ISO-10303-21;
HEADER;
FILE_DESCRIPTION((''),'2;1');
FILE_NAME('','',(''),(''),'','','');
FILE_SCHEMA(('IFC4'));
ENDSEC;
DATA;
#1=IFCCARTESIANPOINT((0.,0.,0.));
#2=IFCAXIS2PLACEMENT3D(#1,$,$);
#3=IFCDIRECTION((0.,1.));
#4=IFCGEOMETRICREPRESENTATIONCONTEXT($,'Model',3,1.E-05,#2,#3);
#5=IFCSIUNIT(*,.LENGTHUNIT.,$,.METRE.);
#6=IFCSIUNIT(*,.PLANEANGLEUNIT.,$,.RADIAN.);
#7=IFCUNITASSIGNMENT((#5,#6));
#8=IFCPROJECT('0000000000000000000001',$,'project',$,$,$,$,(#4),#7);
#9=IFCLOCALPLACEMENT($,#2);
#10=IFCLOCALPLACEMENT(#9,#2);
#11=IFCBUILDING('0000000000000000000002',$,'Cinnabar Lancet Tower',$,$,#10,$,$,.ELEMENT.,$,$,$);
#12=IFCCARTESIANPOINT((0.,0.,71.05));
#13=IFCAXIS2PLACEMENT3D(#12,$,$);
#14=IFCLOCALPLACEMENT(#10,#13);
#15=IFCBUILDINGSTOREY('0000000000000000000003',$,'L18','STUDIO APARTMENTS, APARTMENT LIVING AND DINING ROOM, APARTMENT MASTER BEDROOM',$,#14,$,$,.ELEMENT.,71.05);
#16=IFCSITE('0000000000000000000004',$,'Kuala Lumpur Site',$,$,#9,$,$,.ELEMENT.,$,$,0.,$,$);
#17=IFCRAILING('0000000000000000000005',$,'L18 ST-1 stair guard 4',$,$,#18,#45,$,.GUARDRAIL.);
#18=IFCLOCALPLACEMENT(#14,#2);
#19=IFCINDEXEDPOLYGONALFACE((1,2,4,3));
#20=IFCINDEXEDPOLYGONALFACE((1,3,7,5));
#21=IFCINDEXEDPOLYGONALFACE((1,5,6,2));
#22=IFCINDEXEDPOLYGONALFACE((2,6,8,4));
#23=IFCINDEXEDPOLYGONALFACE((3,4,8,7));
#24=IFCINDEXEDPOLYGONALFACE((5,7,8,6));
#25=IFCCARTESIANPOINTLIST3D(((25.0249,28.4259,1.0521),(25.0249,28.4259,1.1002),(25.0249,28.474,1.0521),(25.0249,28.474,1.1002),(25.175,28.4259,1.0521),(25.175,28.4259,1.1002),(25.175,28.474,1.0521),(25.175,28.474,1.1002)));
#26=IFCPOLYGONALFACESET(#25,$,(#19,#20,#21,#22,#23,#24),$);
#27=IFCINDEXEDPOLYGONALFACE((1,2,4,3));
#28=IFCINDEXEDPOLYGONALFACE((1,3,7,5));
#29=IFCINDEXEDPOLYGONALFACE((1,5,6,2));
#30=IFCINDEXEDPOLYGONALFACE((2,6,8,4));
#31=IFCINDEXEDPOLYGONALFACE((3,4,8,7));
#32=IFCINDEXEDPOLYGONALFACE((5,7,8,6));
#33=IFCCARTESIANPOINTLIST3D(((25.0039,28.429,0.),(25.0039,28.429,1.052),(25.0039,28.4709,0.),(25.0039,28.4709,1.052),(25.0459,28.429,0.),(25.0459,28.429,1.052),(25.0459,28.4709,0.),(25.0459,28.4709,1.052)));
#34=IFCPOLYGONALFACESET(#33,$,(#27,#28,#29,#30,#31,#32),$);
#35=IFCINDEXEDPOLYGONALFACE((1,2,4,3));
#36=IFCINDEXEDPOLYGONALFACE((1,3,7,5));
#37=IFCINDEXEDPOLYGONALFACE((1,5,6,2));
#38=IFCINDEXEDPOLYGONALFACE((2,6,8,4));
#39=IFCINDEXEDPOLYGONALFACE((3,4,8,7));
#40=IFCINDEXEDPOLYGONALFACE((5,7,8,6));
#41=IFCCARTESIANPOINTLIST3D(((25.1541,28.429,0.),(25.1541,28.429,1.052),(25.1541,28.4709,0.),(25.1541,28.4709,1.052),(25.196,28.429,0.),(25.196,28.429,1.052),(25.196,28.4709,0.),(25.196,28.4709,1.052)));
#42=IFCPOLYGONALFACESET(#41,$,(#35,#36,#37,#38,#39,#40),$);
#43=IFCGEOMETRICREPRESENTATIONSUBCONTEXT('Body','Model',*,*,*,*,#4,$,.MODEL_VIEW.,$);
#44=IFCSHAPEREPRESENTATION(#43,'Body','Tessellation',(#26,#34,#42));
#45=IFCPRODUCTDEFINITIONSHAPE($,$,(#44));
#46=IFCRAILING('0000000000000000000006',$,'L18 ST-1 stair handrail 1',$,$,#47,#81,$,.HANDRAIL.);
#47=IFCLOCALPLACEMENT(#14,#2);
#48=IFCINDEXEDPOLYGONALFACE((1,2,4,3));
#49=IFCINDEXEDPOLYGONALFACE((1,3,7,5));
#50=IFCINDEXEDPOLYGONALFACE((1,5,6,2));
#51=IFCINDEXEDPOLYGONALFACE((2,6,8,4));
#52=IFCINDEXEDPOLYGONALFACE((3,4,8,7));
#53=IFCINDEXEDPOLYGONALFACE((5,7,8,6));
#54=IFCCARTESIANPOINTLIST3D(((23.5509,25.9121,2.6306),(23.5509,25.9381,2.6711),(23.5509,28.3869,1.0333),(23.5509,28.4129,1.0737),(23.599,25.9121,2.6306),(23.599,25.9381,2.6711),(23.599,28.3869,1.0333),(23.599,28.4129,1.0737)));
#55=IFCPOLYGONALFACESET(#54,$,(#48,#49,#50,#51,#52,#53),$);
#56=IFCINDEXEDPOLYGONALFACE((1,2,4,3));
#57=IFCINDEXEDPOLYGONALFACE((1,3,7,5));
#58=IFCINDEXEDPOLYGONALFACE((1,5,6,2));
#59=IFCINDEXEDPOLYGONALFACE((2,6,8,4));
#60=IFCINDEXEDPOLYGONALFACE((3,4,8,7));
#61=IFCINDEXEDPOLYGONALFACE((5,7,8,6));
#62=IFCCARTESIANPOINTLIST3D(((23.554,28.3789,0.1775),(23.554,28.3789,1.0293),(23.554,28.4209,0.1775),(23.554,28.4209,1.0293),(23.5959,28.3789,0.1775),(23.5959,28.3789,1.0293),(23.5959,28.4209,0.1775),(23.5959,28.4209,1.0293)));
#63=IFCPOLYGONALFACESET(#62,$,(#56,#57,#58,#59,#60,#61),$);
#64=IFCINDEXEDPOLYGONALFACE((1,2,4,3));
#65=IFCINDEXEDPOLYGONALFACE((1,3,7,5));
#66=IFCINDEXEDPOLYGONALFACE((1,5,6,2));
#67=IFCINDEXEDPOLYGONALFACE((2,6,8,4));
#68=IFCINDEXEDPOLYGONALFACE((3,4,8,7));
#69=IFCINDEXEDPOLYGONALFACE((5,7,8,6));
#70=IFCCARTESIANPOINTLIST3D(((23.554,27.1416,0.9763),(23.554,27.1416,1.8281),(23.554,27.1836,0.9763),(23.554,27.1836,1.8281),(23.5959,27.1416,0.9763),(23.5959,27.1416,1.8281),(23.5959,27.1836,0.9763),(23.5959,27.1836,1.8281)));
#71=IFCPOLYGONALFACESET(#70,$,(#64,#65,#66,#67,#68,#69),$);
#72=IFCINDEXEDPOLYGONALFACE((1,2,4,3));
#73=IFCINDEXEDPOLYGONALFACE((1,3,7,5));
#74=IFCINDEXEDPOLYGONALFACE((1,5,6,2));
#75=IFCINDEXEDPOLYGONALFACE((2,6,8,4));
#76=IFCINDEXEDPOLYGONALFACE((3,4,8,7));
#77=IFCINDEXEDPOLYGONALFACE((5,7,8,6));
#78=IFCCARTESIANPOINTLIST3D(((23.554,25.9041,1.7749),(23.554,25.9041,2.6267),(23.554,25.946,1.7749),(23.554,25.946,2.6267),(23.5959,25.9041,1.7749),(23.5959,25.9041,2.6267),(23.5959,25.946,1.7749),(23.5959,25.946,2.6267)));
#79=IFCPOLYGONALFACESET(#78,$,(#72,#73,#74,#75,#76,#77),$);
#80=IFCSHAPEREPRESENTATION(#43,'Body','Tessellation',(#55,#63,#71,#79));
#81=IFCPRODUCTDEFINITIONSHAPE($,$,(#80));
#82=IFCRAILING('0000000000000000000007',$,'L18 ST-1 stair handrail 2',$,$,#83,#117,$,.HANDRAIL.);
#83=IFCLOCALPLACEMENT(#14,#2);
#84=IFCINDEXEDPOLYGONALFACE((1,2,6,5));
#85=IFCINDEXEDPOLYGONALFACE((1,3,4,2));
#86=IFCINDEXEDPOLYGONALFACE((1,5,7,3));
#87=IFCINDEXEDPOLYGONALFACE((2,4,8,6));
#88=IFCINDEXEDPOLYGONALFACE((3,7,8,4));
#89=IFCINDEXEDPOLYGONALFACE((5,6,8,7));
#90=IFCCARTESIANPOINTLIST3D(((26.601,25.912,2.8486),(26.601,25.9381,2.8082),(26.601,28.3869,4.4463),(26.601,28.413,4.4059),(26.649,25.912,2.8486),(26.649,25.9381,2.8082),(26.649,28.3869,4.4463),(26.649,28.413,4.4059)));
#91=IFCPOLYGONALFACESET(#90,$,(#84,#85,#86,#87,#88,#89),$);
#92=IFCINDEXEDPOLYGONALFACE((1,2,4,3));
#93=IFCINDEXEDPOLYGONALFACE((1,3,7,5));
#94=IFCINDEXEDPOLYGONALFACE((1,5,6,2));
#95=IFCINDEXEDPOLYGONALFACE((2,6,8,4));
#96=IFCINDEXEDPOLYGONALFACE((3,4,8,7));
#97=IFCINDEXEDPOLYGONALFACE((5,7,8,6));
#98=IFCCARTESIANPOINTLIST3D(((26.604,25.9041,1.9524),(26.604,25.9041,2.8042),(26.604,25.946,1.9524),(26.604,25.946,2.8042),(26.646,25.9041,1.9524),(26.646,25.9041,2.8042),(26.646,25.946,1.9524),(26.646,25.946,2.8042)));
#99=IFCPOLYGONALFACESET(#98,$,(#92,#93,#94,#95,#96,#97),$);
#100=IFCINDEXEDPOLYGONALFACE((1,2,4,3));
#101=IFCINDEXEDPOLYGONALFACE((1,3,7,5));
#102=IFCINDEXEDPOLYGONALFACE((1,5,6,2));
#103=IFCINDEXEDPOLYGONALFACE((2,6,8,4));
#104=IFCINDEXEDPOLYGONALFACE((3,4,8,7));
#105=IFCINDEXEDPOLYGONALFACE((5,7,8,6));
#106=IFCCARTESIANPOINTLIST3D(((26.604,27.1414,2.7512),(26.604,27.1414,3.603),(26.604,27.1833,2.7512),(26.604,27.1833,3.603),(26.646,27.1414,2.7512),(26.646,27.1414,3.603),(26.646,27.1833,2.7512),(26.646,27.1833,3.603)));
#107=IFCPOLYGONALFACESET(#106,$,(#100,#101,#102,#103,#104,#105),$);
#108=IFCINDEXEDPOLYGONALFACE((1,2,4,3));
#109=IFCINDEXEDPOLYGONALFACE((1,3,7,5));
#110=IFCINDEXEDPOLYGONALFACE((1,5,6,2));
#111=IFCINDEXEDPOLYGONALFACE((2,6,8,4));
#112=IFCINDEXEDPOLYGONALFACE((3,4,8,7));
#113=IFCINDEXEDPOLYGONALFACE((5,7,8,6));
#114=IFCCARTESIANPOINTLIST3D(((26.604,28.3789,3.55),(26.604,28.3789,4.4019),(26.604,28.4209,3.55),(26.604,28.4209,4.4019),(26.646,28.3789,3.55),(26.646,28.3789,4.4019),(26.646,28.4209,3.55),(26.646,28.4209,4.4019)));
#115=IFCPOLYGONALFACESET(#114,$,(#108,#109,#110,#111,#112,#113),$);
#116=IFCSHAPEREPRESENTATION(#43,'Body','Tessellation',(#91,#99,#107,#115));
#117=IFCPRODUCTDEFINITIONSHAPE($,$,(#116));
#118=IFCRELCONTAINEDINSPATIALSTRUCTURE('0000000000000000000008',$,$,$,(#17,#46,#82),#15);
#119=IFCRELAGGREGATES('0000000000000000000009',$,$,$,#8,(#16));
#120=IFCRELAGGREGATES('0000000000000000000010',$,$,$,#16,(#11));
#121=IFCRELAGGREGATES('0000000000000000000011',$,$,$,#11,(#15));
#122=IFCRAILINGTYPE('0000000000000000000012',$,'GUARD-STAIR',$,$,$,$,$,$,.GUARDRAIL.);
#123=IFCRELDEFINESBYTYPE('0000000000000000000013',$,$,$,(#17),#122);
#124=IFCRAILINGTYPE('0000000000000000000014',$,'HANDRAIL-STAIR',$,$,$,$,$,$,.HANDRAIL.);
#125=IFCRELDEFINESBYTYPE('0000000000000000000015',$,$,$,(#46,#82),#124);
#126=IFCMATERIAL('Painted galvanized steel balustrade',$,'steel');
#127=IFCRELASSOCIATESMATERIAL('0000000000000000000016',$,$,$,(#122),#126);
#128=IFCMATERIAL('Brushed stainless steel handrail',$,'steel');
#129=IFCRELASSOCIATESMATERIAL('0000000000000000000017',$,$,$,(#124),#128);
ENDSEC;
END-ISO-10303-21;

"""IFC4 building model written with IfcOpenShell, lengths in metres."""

from ifc_helpers import new_model, si_unit, direction, frame, origin, origin_2d, place, context, subcontext, project, spatial, rectangle, extrude, material, type_object, element, save


model = new_model("IFC4")

# Units and contexts
model_context = context("Model", 3, precision=1e-05, world=origin(), true_north=direction((0.0, 1.0)))
body_context = subcontext(model_context, "Body", "Model", "MODEL_VIEW")
ifc_project = project(units=[si_unit("LENGTHUNIT", "METRE"), si_unit("PLANEANGLEUNIT", "RADIAN")], contexts=[model_context])

# Site, building, storey
site_placement = place(None, origin())
site = spatial("IfcSite", under=ifc_project, at=site_placement, Name="Kuala Lumpur Site", CompositionType="ELEMENT", RefElevation=0.0)
building_placement = place(site_placement, origin())
building = spatial("IfcBuilding", under=site, at=building_placement, Name="Cinnabar Lancet Tower", CompositionType="ELEMENT")
storey_placement = place(building_placement, frame((0.0, 0.0, 71.05)))
storey = spatial("IfcBuildingStorey", under=building, at=storey_placement, Name="L18", Description="STUDIO APARTMENTS, APARTMENT LIVING AND DINING ROOM, APARTMENT MASTER BEDROOM", CompositionType="ELEMENT", Elevation=71.05)

# Railings
ifc_material_1 = material(Name="Painted galvanized steel balustrade", Category="steel")
railing_type_1 = type_object("IfcRailingType", Name="GUARD-STAIR", PredefinedType="GUARDRAIL", material=ifc_material_1)
railing_1_placement = place(storey_placement, frame((25.0249, 28.45, 0.0)))
element("IfcRailing", 1, at=railing_1_placement, inside=storey, type_object=railing_type_1, Name="L18 ST-1 stair guard 4", PredefinedType="GUARDRAIL", context=body_context, shape_type="SweptSolid", body=[
    extrude(rectangle(XDim=0.0481, YDim=0.0481, at=origin_2d()), frame((0.0, 0.0, 1.0762), z_axis=(1.0, 0.0, 0.0), x_axis=(0.0, 1.0, 0.0)), (0.0, 0.0, 1.0), 0.1501),
    extrude(rectangle(XDim=0.042, YDim=0.042, at=origin_2d()), origin(), (0.0, 0.0, 1.0), 1.052),
    extrude(rectangle(XDim=0.042, YDim=0.042, at=origin_2d()), frame((0.1501, 0.0, 0.0)), (0.0, 0.0, 1.0), 1.052),
])
ifc_material_2 = material(Name="Brushed stainless steel handrail", Category="steel")
railing_type_2 = type_object("IfcRailingType", Name="HANDRAIL-STAIR", PredefinedType="HANDRAIL", material=ifc_material_2)
railing_2_placement = place(storey_placement, frame((23.575, 28.3999, 0.1775)))
element("IfcRailing", 2, at=railing_2_placement, inside=storey, type_object=railing_type_2, Name="L18 ST-1 stair handrail 1", PredefinedType="HANDRAIL", context=body_context, shape_type="SweptSolid", body=[
    extrude(rectangle(XDim=0.0481, YDim=0.0481, at=origin_2d()), frame((0.0, 0.0, 0.876), z_axis=(0.0, -0.840183, 0.542302), x_axis=(1.0, 0.0, 0.0)), (0.0, 0.0, 1.0), 2.9456),
    extrude(rectangle(XDim=0.042, YDim=0.042, at=origin_2d()), origin(), (0.0, 0.0, 1.0), 0.8518),
    extrude(rectangle(XDim=0.042, YDim=0.042, at=origin_2d()), frame((0.0, -1.2373, 0.7988)), (0.0, 0.0, 1.0), 0.8518),
    extrude(rectangle(XDim=0.042, YDim=0.042, at=origin_2d()), frame((0.0, -2.4749, 1.5974)), (0.0, 0.0, 1.0), 0.8518),
])
railing_3_placement = place(storey_placement, frame((26.625, 25.925, 1.9524)))
element("IfcRailing", 3, at=railing_3_placement, inside=storey, type_object=railing_type_2, Name="L18 ST-1 stair handrail 2", PredefinedType="HANDRAIL", context=body_context, shape_type="SweptSolid", body=[
    extrude(rectangle(XDim=0.0481, YDim=0.0481, at=origin_2d()), frame((0.0, 0.0, 0.876), z_axis=(0.0, 0.840146, 0.542361), x_axis=(-1.0, 0.0, 0.0)), (0.0, 0.0, 1.0), 2.9458),
    extrude(rectangle(XDim=0.042, YDim=0.042, at=origin_2d()), origin(), (0.0, 0.0, 1.0), 0.8518),
    extrude(rectangle(XDim=0.042, YDim=0.042, at=origin_2d()), frame((0.0, 1.2373, 0.7988)), (0.0, 0.0, 1.0), 0.8518),
    extrude(rectangle(XDim=0.042, YDim=0.042, at=origin_2d()), frame((0.0, 2.4749, 1.5977)), (0.0, 0.0, 1.0), 0.8518),
])

save(model, "model.ifc")
